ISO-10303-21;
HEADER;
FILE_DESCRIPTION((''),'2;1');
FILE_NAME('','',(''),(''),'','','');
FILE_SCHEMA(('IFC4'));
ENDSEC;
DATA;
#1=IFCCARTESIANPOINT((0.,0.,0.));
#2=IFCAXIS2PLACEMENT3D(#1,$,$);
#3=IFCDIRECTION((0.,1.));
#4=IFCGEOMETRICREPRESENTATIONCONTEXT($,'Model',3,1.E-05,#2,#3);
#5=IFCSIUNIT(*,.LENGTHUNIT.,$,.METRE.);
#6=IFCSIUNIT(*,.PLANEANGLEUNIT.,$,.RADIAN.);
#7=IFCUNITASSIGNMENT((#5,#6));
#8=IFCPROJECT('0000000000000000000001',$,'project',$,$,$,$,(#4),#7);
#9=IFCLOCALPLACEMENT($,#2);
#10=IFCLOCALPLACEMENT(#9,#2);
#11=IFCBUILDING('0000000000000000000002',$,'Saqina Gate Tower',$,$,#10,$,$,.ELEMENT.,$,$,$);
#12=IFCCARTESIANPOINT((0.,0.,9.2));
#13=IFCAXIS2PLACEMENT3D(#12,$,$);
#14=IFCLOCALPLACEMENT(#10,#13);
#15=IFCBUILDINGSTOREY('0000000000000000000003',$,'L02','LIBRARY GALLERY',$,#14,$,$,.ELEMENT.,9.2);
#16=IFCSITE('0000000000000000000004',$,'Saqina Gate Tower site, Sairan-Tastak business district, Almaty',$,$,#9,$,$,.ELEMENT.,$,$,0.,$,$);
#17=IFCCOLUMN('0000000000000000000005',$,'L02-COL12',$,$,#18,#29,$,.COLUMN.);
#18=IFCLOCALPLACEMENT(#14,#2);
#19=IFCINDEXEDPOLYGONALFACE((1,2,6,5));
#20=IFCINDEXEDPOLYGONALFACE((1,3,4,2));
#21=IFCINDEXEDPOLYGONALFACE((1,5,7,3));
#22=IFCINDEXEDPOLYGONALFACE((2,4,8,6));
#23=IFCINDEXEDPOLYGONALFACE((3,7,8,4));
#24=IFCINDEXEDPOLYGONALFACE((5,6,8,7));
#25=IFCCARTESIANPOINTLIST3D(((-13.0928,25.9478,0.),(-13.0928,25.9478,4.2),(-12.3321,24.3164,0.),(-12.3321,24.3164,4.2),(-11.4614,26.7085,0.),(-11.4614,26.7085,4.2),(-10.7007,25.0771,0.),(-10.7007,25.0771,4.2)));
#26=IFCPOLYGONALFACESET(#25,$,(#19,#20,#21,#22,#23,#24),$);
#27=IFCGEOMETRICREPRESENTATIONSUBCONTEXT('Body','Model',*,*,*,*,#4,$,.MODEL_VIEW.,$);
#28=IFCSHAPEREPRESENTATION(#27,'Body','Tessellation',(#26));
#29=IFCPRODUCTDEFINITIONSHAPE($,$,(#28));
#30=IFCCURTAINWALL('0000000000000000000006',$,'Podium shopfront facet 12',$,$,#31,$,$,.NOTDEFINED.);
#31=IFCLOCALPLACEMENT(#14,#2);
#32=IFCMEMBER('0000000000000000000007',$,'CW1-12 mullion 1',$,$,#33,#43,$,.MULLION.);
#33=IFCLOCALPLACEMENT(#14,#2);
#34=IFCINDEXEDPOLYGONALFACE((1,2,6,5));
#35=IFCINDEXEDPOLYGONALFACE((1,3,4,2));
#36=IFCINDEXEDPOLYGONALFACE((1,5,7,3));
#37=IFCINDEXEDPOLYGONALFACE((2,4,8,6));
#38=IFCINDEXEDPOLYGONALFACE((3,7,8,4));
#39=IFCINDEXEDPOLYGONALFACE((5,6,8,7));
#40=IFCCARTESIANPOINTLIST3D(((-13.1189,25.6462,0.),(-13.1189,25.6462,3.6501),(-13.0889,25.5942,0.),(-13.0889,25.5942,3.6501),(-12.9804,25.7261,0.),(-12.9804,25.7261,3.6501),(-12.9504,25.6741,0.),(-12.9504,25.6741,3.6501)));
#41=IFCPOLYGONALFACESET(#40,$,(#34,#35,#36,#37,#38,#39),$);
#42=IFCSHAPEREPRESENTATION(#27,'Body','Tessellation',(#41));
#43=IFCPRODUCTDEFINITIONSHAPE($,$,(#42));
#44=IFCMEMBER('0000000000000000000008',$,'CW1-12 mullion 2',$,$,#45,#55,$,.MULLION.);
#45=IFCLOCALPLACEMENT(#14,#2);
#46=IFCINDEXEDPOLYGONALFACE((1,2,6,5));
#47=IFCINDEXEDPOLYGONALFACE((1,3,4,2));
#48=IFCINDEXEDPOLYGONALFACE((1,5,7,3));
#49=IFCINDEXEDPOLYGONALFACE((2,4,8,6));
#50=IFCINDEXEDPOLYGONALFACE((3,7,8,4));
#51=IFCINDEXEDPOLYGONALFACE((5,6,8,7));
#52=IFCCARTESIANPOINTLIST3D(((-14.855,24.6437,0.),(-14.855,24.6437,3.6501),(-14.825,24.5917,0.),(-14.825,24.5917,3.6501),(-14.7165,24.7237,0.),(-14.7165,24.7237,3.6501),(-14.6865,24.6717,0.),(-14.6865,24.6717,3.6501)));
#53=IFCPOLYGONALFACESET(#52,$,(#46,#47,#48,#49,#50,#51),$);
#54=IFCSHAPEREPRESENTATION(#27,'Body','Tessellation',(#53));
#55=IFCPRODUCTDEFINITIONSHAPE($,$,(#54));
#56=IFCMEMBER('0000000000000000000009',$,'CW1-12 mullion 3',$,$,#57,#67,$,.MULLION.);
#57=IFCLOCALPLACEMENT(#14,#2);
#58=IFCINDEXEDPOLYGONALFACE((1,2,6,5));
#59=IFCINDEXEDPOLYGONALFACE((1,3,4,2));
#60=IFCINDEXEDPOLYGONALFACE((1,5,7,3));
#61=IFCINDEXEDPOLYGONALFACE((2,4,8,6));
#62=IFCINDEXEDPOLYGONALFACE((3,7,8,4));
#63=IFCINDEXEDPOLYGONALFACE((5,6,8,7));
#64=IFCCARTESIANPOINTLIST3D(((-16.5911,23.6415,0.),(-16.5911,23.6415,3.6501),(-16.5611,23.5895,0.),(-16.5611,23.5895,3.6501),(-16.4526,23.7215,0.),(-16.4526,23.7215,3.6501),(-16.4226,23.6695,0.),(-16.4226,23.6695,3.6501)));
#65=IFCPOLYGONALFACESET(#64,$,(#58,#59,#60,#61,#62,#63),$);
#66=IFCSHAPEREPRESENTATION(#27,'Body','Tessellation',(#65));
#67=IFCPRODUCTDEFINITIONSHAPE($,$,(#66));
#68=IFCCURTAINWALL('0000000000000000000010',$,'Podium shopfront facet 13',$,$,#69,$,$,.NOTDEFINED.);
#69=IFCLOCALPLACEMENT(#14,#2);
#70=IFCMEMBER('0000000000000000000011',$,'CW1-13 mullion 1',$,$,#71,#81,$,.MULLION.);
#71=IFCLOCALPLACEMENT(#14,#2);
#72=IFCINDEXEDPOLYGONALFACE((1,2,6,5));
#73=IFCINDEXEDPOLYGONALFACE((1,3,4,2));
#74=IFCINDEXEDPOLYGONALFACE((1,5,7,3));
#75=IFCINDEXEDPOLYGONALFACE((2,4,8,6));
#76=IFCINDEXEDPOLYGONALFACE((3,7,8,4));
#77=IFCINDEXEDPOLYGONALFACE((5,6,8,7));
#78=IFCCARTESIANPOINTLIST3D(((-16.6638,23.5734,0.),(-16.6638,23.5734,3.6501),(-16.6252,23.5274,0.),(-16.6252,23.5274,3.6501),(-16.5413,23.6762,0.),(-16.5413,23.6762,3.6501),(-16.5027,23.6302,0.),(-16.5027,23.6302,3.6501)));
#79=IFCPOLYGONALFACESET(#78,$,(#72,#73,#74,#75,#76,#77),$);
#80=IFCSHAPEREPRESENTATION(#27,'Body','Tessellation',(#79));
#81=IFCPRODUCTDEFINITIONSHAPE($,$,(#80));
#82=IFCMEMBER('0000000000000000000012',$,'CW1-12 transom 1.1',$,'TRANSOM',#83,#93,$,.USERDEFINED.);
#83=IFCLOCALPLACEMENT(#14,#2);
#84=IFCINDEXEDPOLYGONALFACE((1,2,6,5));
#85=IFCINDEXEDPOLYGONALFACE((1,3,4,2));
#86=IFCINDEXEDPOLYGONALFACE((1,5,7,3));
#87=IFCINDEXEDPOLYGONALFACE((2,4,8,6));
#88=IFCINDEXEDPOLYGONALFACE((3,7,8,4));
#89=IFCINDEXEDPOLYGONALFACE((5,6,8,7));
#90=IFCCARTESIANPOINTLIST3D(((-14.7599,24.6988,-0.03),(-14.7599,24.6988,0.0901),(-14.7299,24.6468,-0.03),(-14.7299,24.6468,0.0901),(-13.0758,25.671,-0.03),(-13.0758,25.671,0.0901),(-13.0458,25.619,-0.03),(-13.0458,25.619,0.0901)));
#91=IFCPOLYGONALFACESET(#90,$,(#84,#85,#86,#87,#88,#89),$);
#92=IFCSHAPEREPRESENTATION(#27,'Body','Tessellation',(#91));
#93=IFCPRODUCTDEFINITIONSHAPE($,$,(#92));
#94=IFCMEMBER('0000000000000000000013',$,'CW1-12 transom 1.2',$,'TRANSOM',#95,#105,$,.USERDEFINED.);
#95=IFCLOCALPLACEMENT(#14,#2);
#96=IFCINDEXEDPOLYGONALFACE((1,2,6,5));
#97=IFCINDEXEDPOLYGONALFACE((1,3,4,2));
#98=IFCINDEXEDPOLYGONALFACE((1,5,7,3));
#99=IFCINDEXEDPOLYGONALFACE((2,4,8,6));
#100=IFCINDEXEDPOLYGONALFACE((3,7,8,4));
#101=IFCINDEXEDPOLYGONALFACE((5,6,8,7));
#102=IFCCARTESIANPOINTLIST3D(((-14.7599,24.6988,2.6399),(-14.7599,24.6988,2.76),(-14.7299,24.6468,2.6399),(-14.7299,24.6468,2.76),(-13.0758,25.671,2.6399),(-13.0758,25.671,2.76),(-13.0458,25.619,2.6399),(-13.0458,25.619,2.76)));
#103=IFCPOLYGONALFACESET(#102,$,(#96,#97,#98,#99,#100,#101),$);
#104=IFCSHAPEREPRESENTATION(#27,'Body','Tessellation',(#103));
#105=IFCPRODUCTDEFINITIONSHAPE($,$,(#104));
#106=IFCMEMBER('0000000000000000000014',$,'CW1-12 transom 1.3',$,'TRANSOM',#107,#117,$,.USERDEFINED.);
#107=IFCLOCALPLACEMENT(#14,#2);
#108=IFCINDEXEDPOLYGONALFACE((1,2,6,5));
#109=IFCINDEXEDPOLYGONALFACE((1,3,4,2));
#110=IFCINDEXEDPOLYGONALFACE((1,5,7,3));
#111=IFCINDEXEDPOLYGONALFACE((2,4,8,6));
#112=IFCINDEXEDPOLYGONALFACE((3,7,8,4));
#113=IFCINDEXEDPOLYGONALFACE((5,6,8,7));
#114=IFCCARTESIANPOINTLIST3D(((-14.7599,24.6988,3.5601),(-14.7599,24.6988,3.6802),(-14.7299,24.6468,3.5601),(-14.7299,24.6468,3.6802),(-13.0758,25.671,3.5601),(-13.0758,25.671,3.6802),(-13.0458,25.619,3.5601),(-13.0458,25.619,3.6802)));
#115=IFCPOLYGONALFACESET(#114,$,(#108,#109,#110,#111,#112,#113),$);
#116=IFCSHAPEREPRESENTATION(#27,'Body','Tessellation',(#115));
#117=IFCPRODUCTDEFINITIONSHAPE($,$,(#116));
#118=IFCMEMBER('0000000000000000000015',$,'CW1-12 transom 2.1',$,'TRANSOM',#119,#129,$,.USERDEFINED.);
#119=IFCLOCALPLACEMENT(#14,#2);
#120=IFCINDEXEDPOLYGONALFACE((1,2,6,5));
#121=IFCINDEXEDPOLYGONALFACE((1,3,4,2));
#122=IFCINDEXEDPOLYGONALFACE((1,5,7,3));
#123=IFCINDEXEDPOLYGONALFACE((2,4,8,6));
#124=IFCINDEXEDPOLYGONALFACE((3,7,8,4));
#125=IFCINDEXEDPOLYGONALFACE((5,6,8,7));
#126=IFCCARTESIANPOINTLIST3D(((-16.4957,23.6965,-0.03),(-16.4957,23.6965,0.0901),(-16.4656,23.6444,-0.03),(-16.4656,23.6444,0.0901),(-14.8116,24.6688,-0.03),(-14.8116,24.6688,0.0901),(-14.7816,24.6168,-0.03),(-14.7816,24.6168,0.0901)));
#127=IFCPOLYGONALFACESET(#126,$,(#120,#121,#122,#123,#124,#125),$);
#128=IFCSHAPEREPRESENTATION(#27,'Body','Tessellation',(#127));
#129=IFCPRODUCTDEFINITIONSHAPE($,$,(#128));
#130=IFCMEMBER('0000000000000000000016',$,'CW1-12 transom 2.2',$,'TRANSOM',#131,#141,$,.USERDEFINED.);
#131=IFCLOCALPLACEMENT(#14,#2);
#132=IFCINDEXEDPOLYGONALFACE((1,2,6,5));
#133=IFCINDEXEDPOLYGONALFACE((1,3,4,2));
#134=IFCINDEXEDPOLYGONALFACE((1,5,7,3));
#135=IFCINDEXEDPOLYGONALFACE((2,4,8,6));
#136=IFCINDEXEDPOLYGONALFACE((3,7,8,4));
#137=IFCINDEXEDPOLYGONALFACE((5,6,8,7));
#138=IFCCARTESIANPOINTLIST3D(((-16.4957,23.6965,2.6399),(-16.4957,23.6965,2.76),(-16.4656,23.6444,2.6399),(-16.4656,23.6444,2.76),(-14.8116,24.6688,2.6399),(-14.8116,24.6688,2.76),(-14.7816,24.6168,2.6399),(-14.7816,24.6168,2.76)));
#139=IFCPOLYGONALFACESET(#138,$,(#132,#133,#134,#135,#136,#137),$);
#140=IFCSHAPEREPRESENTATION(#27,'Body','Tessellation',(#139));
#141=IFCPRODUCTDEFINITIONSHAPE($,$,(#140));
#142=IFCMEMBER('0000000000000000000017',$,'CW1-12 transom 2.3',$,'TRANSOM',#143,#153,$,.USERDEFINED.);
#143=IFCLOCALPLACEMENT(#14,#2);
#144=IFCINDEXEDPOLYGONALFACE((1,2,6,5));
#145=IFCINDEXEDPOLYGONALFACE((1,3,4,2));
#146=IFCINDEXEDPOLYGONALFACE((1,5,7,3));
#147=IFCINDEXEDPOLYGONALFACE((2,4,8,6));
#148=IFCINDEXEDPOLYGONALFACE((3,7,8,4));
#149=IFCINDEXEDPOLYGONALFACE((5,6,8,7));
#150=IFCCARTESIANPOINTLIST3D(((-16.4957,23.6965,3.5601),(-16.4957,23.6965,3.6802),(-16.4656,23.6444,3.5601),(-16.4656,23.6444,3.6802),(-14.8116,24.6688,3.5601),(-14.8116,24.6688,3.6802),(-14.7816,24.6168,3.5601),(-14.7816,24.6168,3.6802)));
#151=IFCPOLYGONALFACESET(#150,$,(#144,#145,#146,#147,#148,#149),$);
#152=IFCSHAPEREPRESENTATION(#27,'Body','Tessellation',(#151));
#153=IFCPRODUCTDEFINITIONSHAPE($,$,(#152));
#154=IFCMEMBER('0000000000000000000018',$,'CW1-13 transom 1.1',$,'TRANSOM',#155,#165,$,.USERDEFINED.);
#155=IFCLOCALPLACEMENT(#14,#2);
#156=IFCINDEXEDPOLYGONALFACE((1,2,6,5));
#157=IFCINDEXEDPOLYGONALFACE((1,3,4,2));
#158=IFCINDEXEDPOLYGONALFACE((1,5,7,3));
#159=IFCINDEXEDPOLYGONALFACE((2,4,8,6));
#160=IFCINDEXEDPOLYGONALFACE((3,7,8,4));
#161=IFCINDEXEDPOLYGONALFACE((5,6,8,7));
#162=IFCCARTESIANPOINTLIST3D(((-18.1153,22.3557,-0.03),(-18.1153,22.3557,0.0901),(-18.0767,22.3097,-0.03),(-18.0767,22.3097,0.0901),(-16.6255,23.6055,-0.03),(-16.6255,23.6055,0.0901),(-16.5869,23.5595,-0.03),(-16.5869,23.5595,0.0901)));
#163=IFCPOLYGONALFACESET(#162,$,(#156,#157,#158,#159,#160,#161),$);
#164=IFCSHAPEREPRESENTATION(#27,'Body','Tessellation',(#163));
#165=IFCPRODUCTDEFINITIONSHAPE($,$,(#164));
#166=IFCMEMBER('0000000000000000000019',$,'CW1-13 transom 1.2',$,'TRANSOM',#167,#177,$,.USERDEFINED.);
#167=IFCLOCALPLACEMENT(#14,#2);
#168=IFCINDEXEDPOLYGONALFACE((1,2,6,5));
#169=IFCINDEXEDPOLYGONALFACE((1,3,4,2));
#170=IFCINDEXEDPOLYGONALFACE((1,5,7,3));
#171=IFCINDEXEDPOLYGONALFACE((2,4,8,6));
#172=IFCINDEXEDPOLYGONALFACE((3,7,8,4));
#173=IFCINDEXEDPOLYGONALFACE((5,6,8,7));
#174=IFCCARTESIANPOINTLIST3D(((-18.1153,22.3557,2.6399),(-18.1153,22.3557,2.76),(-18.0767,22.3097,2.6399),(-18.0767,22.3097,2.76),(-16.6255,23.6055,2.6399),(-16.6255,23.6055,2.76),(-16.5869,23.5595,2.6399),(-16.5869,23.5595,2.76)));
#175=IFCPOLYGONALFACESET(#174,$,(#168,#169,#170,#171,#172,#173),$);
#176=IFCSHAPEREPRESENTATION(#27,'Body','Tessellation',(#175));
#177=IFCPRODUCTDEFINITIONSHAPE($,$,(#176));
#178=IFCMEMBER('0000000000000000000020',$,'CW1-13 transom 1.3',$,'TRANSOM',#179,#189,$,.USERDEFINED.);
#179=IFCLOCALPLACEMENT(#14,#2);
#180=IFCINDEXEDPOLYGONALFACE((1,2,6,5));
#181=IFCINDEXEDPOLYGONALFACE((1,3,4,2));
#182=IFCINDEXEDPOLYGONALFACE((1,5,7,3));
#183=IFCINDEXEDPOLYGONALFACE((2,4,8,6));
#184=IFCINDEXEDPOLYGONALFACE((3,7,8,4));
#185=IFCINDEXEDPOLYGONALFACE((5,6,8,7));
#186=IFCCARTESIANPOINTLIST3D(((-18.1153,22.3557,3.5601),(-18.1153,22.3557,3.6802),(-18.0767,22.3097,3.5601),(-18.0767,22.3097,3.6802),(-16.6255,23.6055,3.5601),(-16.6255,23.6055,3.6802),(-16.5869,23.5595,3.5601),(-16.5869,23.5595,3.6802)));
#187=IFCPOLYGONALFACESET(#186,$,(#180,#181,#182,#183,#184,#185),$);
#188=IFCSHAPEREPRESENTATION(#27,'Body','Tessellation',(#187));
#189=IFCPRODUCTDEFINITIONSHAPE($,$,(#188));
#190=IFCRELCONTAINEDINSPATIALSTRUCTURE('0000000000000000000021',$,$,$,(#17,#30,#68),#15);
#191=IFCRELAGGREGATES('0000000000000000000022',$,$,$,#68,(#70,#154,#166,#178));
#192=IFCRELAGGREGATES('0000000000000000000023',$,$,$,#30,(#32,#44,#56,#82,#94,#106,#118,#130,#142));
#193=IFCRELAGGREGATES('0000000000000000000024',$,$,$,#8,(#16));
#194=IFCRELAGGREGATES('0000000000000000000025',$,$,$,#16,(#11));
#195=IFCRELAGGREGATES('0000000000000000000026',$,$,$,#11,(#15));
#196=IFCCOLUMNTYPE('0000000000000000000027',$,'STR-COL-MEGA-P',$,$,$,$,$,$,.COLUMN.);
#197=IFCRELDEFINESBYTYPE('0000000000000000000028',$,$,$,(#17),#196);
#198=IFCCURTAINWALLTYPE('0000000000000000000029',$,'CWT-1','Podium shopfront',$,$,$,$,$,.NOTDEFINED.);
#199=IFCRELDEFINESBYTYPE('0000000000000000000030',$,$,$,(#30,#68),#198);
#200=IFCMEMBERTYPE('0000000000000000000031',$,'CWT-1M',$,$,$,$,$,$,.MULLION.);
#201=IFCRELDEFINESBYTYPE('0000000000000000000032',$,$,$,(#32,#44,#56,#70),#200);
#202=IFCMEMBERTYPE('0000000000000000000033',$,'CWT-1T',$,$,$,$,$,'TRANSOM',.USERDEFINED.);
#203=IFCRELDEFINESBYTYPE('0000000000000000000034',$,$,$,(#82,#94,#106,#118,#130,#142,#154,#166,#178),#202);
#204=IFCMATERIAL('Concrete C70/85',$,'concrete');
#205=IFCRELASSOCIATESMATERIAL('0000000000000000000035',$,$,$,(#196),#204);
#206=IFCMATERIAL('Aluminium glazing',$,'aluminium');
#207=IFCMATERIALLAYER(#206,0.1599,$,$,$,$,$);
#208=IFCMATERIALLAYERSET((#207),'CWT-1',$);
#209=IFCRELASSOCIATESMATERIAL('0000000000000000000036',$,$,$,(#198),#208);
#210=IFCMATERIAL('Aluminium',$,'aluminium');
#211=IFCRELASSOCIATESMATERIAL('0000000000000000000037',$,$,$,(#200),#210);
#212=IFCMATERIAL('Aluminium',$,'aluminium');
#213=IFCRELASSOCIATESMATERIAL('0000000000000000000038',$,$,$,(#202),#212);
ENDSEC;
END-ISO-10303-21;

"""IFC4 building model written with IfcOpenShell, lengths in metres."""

from ifc_helpers import new_model, si_unit, direction, frame, origin, origin_2d, place, context, subcontext, project, spatial, rectangle, extrude, material, layer, layer_set, material_profile, profile_set, type_object, element, aggregate, save


model = new_model("IFC4")

# Units and contexts
model_context = context("Model", 3, precision=1e-05, world=origin(), true_north=direction((0.0, 1.0)))
body_context = subcontext(model_context, "Body", "Model", "MODEL_VIEW")
ifc_project = project(units=[si_unit("LENGTHUNIT", "METRE"), si_unit("PLANEANGLEUNIT", "RADIAN")], contexts=[model_context])

# Site, building, storey
site_placement = place(None, origin())
site = spatial("IfcSite", under=ifc_project, at=site_placement, Name="Saqina Gate Tower site, Sairan-Tastak business district, Almaty", CompositionType="ELEMENT", RefElevation=0.0)
building_placement = place(site_placement, origin())
building = spatial("IfcBuilding", under=site, at=building_placement, Name="Saqina Gate Tower", CompositionType="ELEMENT")
storey_placement = place(building_placement, frame((0.0, 0.0, 9.2)))
storey = spatial("IfcBuildingStorey", under=building, at=storey_placement, Name="L02", Description="LIBRARY GALLERY", CompositionType="ELEMENT", Elevation=9.2)

# Column
ifc_material_1 = material(Name="Concrete C70/85", Category="concrete")
ifc_material_profile_1 = material_profile(ifc_material_1, rectangle(XDim=1.8, YDim=1.8, at=origin_2d()), Name="RC 1800x1800")
ifc_profile_set_1 = profile_set([ifc_material_profile_1], Name="Concrete C70/85")
column_type = type_object("IfcColumnType", Name="STR-COL-MEGA-P", PredefinedType="COLUMN", material=ifc_profile_set_1)
column_placement = place(storey_placement, frame((-11.8967, 25.5125, 0.0), z_axis=(0.0, 0.0, 1.0), x_axis=(-0.422618, 0.906308, 0.0)))
element("IfcColumn", 1, at=column_placement, inside=storey, type_object=column_type, Name="L02-COL12", PredefinedType="COLUMN", context=body_context, shape_type="SweptSolid", body=[
    extrude(rectangle(XDim=1.8, YDim=1.8, at=origin_2d()), origin(), (0.0, 0.0, 1.0), 4.2),
])

# Curtain wall, members
ifc_material_2 = material(Name="Aluminium glazing", Category="aluminium")
ifc_layer_1 = layer(ifc_material_2, 0.1599)
ifc_layer_set_1 = layer_set([ifc_layer_1], Name="CWT-1")
curtain_wall_type = type_object("IfcCurtainWallType", Name="CWT-1", Description="Podium shopfront", PredefinedType="NOTDEFINED", material=ifc_layer_set_1)
curtain_wall_1_placement = place(storey_placement, origin())
curtain_wall_1 = element("IfcCurtainWall", 2, at=curtain_wall_1_placement, inside=storey, type_object=curtain_wall_type, Name="Podium shopfront facet 12", PredefinedType="NOTDEFINED")
ifc_material_3 = material(Name="Aluminium", Category="aluminium")
ifc_material_profile_2 = material_profile(ifc_material_3, rectangle(XDim=0.0601, YDim=0.1599, at=origin_2d()), Name="Aluminium 60x160")
ifc_profile_set_2 = profile_set([ifc_material_profile_2], Name="Aluminium")
member_type_1 = type_object("IfcMemberType", Name="CWT-1M", PredefinedType="MULLION", material=ifc_profile_set_2)
member_1_placement = place(storey_placement, frame((-13.0347, 25.6602, 0.0), z_axis=(0.0, 0.0, 1.0), x_axis=(0.500014, -0.866017, 0.0)))
member_1 = element("IfcMember", 3, at=member_1_placement, type_object=member_type_1, Name="CW1-12 mullion 1", PredefinedType="MULLION", context=body_context, shape_type="SweptSolid", body=[
    extrude(rectangle(XDim=0.0601, YDim=0.1599, at=origin_2d()), origin(), (0.0, 0.0, 1.0), 3.6501),
])
member_2_placement = place(storey_placement, frame((-14.7708, 24.6577, 0.0), z_axis=(0.0, 0.0, 1.0), x_axis=(0.500014, -0.866017, 0.0)))
member_2 = element("IfcMember", 4, at=member_2_placement, type_object=member_type_1, Name="CW1-12 mullion 2", PredefinedType="MULLION", context=body_context, shape_type="SweptSolid", body=[
    extrude(rectangle(XDim=0.0601, YDim=0.1599, at=origin_2d()), origin(), (0.0, 0.0, 1.0), 3.6501),
])
member_3_placement = place(storey_placement, frame((-16.5068, 23.6555, 0.0), z_axis=(0.0, 0.0, 1.0), x_axis=(0.500014, -0.866017, 0.0)))
member_3 = element("IfcMember", 5, at=member_3_placement, type_object=member_type_1, Name="CW1-12 mullion 3", PredefinedType="MULLION", context=body_context, shape_type="SweptSolid", body=[
    extrude(rectangle(XDim=0.0601, YDim=0.1599, at=origin_2d()), origin(), (0.0, 0.0, 1.0), 3.6501),
])

# Curtain wall, member
curtain_wall_2_placement = place(storey_placement, origin())
curtain_wall_2 = element("IfcCurtainWall", 6, at=curtain_wall_2_placement, inside=storey, type_object=curtain_wall_type, Name="Podium shopfront facet 13", PredefinedType="NOTDEFINED")
member_4_placement = place(storey_placement, frame((-16.5833, 23.6018, 0.0), z_axis=(0.0, 0.0, 1.0), x_axis=(0.642779, -0.766051, 0.0)))
member_4 = element("IfcMember", 7, at=member_4_placement, type_object=member_type_1, Name="CW1-13 mullion 1", PredefinedType="MULLION", context=body_context, shape_type="SweptSolid", body=[
    extrude(rectangle(XDim=0.0601, YDim=0.1599, at=origin_2d()), origin(), (0.0, 0.0, 1.0), 3.6501),
])

# Members
ifc_material_4 = material(Name="Aluminium", Category="aluminium")
ifc_material_profile_3 = material_profile(ifc_material_4, rectangle(XDim=0.0601, YDim=0.1201, at=origin_2d()), Name="Aluminium 60x120")
ifc_profile_set_3 = profile_set([ifc_material_profile_3], Name="Aluminium")
member_type_2 = type_object("IfcMemberType", Name="CWT-1T", ElementType="TRANSOM", PredefinedType="USERDEFINED", material=ifc_profile_set_3)
member_5_placement = place(storey_placement, frame((-13.0608, 25.645, 0.03), z_axis=(-0.866056, -0.499947, 0.0), x_axis=(0.499947, -0.866056, 0.0)))
member_5 = element("IfcMember", 8, at=member_5_placement, type_object=member_type_2, Name="CW1-12 transom 1.1", ObjectType="TRANSOM", PredefinedType="USERDEFINED", context=body_context, shape_type="SweptSolid", body=[
    extrude(rectangle(XDim=0.0601, YDim=0.1201, at=origin_2d()), origin(), (0.0, 0.0, 1.0), 1.9446),
])
member_6_placement = place(storey_placement, frame((-13.0608, 25.645, 2.7), z_axis=(-0.866056, -0.499947, 0.0), x_axis=(0.499947, -0.866056, 0.0)))
member_6 = element("IfcMember", 9, at=member_6_placement, type_object=member_type_2, Name="CW1-12 transom 1.2", ObjectType="TRANSOM", PredefinedType="USERDEFINED", context=body_context, shape_type="SweptSolid", body=[
    extrude(rectangle(XDim=0.0601, YDim=0.1201, at=origin_2d()), origin(), (0.0, 0.0, 1.0), 1.9446),
])
member_7_placement = place(storey_placement, frame((-13.0608, 25.645, 3.6201), z_axis=(-0.866056, -0.499947, 0.0), x_axis=(0.499947, -0.866056, 0.0)))
member_7 = element("IfcMember", 10, at=member_7_placement, type_object=member_type_2, Name="CW1-12 transom 1.3", ObjectType="TRANSOM", PredefinedType="USERDEFINED", context=body_context, shape_type="SweptSolid", body=[
    extrude(rectangle(XDim=0.0601, YDim=0.1201, at=origin_2d()), origin(), (0.0, 0.0, 1.0), 1.9446),
])
member_8_placement = place(storey_placement, frame((-14.7966, 24.6428, 0.03), z_axis=(-0.866002, -0.500041, 0.0), x_axis=(0.500041, -0.866002, 0.0)))
member_8 = element("IfcMember", 11, at=member_8_placement, type_object=member_type_2, Name="CW1-12 transom 2.1", ObjectType="TRANSOM", PredefinedType="USERDEFINED", context=body_context, shape_type="SweptSolid", body=[
    extrude(rectangle(XDim=0.0601, YDim=0.1201, at=origin_2d()), origin(), (0.0, 0.0, 1.0), 1.9446),
])
member_9_placement = place(storey_placement, frame((-14.7966, 24.6428, 2.7), z_axis=(-0.866002, -0.500041, 0.0), x_axis=(0.500041, -0.866002, 0.0)))
member_9 = element("IfcMember", 12, at=member_9_placement, type_object=member_type_2, Name="CW1-12 transom 2.2", ObjectType="TRANSOM", PredefinedType="USERDEFINED", context=body_context, shape_type="SweptSolid", body=[
    extrude(rectangle(XDim=0.0601, YDim=0.1201, at=origin_2d()), origin(), (0.0, 0.0, 1.0), 1.9446),
])
member_10_placement = place(storey_placement, frame((-14.7966, 24.6428, 3.6201), z_axis=(-0.866002, -0.500041, 0.0), x_axis=(0.500041, -0.866002, 0.0)))
member_10 = element("IfcMember", 13, at=member_10_placement, type_object=member_type_2, Name="CW1-12 transom 2.3", ObjectType="TRANSOM", PredefinedType="USERDEFINED", context=body_context, shape_type="SweptSolid", body=[
    extrude(rectangle(XDim=0.0601, YDim=0.1201, at=origin_2d()), origin(), (0.0, 0.0, 1.0), 1.9446),
])
member_11_placement = place(storey_placement, frame((-16.6062, 23.5825, 0.03), z_axis=(-0.766118, -0.6427, 0.0), x_axis=(0.6427, -0.766118, 0.0)))
member_11 = element("IfcMember", 14, at=member_11_placement, type_object=member_type_2, Name="CW1-13 transom 1.1", ObjectType="TRANSOM", PredefinedType="USERDEFINED", context=body_context, shape_type="SweptSolid", body=[
    extrude(rectangle(XDim=0.0601, YDim=0.1201, at=origin_2d()), origin(), (0.0, 0.0, 1.0), 1.9446),
])
member_12_placement = place(storey_placement, frame((-16.6062, 23.5825, 2.7), z_axis=(-0.766118, -0.6427, 0.0), x_axis=(0.6427, -0.766118, 0.0)))
member_12 = element("IfcMember", 15, at=member_12_placement, type_object=member_type_2, Name="CW1-13 transom 1.2", ObjectType="TRANSOM", PredefinedType="USERDEFINED", context=body_context, shape_type="SweptSolid", body=[
    extrude(rectangle(XDim=0.0601, YDim=0.1201, at=origin_2d()), origin(), (0.0, 0.0, 1.0), 1.9446),
])
member_13_placement = place(storey_placement, frame((-16.6062, 23.5825, 3.6201), z_axis=(-0.766118, -0.6427, 0.0), x_axis=(0.6427, -0.766118, 0.0)))
member_13 = element("IfcMember", 16, at=member_13_placement, type_object=member_type_2, Name="CW1-13 transom 1.3", ObjectType="TRANSOM", PredefinedType="USERDEFINED", context=body_context, shape_type="SweptSolid", body=[
    extrude(rectangle(XDim=0.0601, YDim=0.1201, at=origin_2d()), origin(), (0.0, 0.0, 1.0), 1.9446),
])
aggregate(curtain_wall_2, [member_4, member_11, member_12, member_13])

aggregate(curtain_wall_1, [member_1, member_2, member_3, member_5, member_6, member_7, member_8, member_9, member_10])

save(model, "model.ifc")
